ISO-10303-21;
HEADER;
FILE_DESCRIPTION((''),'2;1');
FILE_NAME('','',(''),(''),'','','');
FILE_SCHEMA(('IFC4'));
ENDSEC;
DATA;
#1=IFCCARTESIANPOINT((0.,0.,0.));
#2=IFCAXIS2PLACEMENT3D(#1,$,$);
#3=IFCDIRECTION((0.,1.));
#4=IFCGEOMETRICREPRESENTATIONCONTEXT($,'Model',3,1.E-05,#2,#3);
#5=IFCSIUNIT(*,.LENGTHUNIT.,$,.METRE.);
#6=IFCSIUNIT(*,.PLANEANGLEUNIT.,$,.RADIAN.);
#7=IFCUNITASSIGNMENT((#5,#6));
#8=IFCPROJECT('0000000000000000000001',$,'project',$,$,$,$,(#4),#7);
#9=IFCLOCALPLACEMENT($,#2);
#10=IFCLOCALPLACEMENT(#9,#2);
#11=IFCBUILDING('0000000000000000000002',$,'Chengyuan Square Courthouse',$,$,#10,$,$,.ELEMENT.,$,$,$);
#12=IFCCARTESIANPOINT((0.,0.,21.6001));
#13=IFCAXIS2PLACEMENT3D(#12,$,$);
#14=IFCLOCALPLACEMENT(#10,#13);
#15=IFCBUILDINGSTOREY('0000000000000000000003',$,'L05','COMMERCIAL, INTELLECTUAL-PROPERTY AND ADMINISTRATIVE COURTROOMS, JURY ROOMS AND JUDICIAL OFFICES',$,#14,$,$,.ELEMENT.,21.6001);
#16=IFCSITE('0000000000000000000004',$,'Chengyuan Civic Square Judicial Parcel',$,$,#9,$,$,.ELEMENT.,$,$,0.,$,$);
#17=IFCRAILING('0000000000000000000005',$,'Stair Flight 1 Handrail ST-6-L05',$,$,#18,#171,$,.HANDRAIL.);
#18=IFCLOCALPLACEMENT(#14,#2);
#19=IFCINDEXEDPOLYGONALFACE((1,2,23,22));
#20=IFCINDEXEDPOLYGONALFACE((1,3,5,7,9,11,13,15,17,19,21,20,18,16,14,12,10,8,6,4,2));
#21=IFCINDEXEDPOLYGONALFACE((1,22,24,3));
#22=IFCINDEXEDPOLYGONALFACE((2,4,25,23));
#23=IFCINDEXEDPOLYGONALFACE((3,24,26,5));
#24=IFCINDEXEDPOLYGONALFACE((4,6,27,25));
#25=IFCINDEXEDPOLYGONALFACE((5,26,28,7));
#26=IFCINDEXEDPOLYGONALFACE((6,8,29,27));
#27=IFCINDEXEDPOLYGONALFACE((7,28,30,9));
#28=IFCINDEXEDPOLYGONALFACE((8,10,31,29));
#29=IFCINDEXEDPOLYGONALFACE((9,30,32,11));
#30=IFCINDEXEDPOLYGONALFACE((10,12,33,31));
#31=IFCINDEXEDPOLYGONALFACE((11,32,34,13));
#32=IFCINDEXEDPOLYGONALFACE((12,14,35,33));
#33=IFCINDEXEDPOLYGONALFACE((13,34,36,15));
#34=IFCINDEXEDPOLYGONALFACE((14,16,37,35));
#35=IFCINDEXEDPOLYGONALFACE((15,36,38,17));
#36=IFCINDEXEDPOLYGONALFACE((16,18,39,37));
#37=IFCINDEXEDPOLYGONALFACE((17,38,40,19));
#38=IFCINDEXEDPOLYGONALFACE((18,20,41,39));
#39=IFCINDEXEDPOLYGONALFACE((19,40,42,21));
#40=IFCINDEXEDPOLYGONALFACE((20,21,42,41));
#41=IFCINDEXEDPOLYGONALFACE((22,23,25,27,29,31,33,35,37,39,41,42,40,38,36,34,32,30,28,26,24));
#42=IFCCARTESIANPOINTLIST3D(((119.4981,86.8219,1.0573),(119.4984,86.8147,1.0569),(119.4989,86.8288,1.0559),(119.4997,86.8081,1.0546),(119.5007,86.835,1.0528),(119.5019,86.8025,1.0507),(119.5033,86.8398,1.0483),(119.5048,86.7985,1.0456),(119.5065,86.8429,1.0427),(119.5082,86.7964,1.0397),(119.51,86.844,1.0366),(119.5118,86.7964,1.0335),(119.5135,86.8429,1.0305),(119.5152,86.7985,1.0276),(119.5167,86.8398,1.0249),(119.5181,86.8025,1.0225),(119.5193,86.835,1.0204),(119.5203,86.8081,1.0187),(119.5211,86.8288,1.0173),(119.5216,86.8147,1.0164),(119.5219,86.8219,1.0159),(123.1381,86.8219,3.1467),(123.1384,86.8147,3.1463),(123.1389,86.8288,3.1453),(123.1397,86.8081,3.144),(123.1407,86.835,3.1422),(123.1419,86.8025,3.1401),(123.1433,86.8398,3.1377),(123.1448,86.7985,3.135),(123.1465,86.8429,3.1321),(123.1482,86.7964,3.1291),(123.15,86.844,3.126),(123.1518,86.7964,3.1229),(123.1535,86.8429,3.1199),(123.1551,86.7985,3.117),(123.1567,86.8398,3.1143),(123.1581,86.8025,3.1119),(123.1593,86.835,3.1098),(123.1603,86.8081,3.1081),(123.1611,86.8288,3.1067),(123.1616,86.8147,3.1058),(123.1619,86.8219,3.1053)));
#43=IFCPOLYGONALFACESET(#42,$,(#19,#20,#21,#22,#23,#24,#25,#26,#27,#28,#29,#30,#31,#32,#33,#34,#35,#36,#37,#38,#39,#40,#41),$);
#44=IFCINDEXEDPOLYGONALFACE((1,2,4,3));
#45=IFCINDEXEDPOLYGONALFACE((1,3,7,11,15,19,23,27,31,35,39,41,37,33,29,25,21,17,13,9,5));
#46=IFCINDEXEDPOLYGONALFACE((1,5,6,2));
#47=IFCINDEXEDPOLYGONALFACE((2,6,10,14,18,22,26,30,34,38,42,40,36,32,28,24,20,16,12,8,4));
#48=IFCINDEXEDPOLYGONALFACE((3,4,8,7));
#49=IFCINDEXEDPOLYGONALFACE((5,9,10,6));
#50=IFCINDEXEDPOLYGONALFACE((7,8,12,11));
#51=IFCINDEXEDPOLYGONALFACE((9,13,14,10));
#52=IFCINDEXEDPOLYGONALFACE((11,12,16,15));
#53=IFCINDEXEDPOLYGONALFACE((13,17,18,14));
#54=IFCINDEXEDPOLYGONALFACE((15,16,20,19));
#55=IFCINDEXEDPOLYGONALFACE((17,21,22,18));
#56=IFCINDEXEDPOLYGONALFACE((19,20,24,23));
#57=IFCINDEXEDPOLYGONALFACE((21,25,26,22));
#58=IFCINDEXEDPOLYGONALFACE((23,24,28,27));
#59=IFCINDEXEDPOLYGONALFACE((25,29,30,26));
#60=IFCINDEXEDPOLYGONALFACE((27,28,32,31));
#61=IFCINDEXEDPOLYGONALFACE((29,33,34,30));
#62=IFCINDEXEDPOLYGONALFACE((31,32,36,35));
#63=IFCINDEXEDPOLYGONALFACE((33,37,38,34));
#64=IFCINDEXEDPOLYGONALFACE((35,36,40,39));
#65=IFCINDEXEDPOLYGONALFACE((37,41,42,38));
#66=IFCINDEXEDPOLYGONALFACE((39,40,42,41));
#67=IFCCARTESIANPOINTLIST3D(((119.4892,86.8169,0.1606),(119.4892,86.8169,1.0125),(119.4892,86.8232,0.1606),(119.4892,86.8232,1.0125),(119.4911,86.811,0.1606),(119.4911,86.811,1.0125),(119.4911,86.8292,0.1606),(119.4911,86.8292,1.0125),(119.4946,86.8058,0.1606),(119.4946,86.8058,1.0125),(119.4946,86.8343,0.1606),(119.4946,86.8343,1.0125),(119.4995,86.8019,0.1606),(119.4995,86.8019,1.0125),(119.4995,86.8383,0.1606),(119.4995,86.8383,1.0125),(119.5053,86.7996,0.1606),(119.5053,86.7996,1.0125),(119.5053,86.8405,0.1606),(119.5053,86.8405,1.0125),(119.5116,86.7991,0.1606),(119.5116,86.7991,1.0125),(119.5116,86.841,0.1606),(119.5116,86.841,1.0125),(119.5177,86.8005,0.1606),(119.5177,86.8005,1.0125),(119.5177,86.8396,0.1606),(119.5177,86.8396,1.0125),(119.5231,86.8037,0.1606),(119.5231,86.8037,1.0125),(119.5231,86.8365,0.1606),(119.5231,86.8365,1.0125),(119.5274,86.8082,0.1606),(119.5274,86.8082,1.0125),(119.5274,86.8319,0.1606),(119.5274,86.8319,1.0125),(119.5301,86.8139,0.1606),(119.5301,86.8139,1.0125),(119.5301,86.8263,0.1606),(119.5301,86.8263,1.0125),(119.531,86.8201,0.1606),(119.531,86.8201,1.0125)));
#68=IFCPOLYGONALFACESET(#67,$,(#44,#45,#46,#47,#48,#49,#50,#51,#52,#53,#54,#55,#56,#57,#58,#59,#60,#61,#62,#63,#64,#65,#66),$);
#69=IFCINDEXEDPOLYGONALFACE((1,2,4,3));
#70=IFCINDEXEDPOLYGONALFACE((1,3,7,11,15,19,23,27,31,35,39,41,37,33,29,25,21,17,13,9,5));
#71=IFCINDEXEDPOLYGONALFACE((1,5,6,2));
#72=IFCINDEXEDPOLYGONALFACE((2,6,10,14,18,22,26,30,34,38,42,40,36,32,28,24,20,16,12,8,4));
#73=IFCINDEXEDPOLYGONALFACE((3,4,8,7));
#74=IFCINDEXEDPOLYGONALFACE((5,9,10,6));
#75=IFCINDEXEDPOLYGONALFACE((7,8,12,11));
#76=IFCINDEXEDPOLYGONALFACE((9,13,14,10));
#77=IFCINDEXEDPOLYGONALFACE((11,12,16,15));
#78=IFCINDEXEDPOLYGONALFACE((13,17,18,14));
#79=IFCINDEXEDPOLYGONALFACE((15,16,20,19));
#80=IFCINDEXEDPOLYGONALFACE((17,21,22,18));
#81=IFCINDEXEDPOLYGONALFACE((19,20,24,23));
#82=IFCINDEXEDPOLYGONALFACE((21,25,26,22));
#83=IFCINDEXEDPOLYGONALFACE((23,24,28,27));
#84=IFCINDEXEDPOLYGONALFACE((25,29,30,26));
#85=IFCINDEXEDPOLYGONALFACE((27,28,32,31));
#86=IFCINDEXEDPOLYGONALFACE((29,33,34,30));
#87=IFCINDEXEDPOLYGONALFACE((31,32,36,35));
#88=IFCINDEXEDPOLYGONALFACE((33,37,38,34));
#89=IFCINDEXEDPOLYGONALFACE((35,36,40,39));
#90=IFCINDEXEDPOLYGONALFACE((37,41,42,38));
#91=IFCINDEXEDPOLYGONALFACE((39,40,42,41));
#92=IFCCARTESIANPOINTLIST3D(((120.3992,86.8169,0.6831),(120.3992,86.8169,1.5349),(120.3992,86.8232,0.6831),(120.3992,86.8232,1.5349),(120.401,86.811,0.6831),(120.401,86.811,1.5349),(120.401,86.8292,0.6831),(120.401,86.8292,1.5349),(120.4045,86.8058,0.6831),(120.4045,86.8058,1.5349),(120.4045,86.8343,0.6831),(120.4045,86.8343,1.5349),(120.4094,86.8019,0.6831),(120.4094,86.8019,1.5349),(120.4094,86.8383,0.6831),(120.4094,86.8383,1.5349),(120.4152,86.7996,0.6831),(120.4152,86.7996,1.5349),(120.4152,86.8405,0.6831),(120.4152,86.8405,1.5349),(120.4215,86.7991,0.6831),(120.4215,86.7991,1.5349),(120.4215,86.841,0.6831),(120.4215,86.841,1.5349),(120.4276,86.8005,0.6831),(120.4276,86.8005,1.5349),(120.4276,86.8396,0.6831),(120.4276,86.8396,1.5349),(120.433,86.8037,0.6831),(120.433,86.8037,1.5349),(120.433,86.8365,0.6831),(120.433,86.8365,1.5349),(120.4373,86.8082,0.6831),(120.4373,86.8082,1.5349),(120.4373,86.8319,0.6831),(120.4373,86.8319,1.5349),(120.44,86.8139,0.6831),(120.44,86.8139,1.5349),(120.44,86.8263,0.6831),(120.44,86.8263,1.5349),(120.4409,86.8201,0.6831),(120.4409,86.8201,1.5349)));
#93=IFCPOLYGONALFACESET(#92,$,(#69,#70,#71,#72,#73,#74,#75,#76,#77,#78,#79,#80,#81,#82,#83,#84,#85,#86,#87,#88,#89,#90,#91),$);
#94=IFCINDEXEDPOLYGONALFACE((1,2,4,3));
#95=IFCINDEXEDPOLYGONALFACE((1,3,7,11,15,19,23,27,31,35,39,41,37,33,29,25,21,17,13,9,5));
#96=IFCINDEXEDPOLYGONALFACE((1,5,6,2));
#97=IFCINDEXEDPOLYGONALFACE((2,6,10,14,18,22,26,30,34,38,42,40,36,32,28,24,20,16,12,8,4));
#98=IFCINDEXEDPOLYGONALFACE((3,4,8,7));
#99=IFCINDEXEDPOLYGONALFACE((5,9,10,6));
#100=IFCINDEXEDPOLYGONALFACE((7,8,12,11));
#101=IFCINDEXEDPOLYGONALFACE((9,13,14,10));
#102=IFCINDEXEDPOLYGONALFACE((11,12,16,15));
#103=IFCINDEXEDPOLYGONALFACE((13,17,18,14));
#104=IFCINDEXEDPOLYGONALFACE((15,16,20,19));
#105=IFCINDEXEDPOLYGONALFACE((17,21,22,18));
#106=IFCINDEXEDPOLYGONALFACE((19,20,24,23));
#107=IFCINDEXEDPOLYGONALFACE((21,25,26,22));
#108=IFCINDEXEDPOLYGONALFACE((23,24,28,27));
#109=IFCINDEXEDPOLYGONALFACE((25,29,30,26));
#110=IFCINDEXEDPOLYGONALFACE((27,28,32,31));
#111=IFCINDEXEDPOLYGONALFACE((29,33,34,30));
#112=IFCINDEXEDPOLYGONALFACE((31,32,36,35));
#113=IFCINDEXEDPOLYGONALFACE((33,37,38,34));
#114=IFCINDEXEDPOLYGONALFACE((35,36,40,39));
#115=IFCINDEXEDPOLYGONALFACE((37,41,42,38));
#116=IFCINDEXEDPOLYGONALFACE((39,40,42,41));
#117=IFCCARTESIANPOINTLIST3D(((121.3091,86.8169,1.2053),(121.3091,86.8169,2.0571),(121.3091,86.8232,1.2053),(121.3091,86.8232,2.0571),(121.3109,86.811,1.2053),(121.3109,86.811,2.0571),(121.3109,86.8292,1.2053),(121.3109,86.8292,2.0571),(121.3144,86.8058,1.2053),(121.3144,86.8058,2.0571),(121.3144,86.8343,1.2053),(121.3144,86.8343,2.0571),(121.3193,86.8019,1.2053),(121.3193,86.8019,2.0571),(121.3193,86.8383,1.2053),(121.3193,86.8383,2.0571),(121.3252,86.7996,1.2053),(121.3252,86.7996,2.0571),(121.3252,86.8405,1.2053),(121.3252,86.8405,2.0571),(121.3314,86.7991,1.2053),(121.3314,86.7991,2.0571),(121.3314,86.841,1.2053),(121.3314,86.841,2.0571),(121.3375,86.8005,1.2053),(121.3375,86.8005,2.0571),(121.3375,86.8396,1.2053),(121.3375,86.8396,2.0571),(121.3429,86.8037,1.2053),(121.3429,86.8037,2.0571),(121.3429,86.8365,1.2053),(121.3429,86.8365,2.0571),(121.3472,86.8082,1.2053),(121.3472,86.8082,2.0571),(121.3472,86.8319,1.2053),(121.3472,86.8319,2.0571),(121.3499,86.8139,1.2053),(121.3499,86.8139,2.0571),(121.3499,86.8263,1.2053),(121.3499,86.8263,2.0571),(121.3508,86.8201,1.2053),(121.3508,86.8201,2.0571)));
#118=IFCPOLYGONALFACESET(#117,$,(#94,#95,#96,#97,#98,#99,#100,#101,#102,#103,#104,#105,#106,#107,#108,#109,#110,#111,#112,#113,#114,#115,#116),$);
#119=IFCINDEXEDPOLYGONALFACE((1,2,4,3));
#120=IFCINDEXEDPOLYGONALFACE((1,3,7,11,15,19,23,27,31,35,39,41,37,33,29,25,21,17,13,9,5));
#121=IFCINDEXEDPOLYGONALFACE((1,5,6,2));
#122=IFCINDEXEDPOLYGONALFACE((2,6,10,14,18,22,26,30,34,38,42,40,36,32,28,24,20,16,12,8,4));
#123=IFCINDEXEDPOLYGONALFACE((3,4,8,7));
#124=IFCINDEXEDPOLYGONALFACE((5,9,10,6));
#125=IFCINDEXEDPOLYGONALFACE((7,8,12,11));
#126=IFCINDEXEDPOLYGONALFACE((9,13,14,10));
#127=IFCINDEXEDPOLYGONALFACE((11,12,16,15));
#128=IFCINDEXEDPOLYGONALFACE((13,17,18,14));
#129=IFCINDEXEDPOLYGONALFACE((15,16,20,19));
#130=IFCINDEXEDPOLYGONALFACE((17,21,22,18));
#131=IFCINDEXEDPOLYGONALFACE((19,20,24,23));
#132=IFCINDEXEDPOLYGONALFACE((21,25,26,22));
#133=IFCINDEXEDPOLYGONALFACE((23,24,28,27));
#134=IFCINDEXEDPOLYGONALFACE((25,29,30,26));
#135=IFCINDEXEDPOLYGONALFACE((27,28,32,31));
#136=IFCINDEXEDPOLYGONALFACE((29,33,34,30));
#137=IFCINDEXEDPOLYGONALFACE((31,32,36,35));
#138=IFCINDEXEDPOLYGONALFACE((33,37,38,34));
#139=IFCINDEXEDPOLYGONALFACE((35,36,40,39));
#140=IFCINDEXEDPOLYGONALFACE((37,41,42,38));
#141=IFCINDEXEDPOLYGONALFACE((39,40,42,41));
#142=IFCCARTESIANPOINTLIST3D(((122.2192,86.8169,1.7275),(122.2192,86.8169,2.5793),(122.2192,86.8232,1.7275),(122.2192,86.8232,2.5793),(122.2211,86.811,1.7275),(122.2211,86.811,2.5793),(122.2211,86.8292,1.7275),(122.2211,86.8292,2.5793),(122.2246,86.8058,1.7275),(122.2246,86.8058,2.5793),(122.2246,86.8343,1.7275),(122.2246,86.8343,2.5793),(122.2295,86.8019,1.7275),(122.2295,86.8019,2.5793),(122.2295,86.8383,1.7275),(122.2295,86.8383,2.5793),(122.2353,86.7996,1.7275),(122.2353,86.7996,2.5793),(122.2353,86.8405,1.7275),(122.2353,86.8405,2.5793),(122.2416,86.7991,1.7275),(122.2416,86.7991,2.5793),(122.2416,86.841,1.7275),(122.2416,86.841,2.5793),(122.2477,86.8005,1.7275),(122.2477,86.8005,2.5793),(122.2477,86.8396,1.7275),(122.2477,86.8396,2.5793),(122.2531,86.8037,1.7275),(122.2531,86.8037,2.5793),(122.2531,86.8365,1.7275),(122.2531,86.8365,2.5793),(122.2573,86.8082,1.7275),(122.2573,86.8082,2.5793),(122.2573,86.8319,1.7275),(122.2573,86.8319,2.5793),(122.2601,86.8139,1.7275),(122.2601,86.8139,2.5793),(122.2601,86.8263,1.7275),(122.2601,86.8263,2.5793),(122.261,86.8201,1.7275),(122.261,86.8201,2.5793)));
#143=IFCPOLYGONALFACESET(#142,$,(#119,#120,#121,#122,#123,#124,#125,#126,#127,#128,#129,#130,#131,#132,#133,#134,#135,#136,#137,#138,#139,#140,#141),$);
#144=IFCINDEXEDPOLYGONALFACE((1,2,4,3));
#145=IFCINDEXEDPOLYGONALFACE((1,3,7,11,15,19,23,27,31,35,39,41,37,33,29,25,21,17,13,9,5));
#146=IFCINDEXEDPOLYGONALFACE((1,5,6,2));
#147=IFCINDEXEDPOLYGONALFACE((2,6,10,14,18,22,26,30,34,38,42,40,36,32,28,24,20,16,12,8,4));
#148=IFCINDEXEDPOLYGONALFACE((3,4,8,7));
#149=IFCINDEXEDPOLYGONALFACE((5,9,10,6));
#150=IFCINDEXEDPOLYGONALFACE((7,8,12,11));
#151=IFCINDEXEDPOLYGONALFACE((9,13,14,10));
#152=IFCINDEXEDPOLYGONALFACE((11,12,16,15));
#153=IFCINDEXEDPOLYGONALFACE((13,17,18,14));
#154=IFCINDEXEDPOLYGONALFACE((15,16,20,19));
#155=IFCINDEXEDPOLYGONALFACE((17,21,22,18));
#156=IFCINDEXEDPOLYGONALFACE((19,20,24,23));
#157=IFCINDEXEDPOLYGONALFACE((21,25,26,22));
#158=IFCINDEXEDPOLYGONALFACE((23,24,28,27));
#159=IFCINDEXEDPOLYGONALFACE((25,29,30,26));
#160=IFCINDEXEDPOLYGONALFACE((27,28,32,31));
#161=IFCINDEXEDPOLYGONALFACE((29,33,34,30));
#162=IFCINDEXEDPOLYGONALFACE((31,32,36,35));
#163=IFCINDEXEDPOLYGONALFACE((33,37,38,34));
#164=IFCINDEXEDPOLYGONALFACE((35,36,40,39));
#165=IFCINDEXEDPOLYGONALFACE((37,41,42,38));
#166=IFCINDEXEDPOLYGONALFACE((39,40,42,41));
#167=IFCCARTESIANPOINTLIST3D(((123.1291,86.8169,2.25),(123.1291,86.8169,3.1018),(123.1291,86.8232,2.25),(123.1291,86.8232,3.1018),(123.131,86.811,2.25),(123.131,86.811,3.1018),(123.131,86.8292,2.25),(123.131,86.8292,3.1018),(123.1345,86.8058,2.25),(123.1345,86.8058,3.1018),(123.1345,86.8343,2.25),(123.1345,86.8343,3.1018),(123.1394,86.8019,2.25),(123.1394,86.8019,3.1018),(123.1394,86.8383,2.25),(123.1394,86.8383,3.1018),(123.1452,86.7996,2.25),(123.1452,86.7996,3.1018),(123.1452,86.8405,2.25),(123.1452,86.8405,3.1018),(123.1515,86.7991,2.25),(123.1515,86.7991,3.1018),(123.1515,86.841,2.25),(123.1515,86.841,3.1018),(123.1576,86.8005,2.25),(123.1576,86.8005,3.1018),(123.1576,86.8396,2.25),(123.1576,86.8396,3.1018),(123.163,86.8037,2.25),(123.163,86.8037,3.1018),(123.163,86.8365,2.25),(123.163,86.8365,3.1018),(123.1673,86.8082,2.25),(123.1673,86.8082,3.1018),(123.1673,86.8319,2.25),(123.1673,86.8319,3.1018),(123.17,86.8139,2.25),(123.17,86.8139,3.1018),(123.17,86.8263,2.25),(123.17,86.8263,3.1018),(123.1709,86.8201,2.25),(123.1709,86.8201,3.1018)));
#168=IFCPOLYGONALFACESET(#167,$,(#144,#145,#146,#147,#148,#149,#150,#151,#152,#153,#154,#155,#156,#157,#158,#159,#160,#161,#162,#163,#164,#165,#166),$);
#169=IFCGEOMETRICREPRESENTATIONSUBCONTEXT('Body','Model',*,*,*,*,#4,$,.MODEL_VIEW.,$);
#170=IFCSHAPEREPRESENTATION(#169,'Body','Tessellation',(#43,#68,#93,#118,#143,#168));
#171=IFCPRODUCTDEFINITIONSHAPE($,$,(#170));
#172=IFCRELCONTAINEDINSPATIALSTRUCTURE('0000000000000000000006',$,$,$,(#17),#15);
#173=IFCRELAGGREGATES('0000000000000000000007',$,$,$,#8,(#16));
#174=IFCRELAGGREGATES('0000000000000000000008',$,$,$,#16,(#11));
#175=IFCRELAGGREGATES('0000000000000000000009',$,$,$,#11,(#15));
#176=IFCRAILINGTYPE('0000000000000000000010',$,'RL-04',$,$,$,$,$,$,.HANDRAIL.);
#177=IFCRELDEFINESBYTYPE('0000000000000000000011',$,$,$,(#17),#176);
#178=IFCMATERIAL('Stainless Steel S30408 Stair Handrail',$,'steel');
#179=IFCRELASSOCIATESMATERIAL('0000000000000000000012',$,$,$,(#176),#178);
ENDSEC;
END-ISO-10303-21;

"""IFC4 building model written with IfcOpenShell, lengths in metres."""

from ifc_helpers import new_model, si_unit, direction, frame, origin, origin_2d, place, context, subcontext, project, spatial, circle, extrude, material, type_object, element, save


model = new_model("IFC4")

# Units and contexts
model_context = context("Model", 3, precision=1e-05, world=origin(), true_north=direction((0.0, 1.0)))
body_context = subcontext(model_context, "Body", "Model", "MODEL_VIEW")
ifc_project = project(units=[si_unit("LENGTHUNIT", "METRE"), si_unit("PLANEANGLEUNIT", "RADIAN")], contexts=[model_context])

# Site, building, storey
site_placement = place(None, origin())
site = spatial("IfcSite", under=ifc_project, at=site_placement, Name="Chengyuan Civic Square Judicial Parcel", CompositionType="ELEMENT", RefElevation=0.0)
building_placement = place(site_placement, origin())
building = spatial("IfcBuilding", under=site, at=building_placement, Name="Chengyuan Square Courthouse", CompositionType="ELEMENT")
storey_placement = place(building_placement, frame((0.0, 0.0, 21.6001)))
storey = spatial("IfcBuildingStorey", under=building, at=storey_placement, Name="L05", Description="COMMERCIAL, INTELLECTUAL-PROPERTY AND ADMINISTRATIVE COURTROOMS, JURY ROOMS AND JUDICIAL OFFICES", CompositionType="ELEMENT", Elevation=21.6001)

# Railing
ifc_material_1 = material(Name="Stainless Steel S30408 Stair Handrail", Category="steel")
railing_type_1 = type_object("IfcRailingType", Name="RL-04", PredefinedType="HANDRAIL", material=ifc_material_1)
railing_1_placement = place(storey_placement, frame((119.51, 86.8201, 0.1606)))
element("IfcRailing", 1, at=railing_1_placement, inside=storey, type_object=railing_type_1, Name="Stair Flight 1 Handrail ST-6-L05", PredefinedType="HANDRAIL", context=body_context, shape_type="SweptSolid", body=[
    extrude(circle(Radius=0.0239, at=origin_2d()), frame((0.0, 0.0, 0.876), z_axis=(0.867275, 0.0, 0.497829), x_axis=(0.0, 1.0, 0.0)), (0.0, 0.0, 1.0), 4.197),
    extrude(circle(Radius=0.021, at=origin_2d()), origin(), (0.0, 0.0, 1.0), 0.8518),
    extrude(circle(Radius=0.021, at=origin_2d()), frame((0.9099, 0.0, 0.5225)), (0.0, 0.0, 1.0), 0.8518),
    extrude(circle(Radius=0.021, at=origin_2d()), frame((1.8198, 0.0, 1.0447)), (0.0, 0.0, 1.0), 0.8518),
    extrude(circle(Radius=0.021, at=origin_2d()), frame((2.73, 0.0, 1.5669)), (0.0, 0.0, 1.0), 0.8518),
    extrude(circle(Radius=0.021, at=origin_2d()), frame((3.6399, 0.0, 2.0894)), (0.0, 0.0, 1.0), 0.8518),
])

save(model, "model.ifc")
